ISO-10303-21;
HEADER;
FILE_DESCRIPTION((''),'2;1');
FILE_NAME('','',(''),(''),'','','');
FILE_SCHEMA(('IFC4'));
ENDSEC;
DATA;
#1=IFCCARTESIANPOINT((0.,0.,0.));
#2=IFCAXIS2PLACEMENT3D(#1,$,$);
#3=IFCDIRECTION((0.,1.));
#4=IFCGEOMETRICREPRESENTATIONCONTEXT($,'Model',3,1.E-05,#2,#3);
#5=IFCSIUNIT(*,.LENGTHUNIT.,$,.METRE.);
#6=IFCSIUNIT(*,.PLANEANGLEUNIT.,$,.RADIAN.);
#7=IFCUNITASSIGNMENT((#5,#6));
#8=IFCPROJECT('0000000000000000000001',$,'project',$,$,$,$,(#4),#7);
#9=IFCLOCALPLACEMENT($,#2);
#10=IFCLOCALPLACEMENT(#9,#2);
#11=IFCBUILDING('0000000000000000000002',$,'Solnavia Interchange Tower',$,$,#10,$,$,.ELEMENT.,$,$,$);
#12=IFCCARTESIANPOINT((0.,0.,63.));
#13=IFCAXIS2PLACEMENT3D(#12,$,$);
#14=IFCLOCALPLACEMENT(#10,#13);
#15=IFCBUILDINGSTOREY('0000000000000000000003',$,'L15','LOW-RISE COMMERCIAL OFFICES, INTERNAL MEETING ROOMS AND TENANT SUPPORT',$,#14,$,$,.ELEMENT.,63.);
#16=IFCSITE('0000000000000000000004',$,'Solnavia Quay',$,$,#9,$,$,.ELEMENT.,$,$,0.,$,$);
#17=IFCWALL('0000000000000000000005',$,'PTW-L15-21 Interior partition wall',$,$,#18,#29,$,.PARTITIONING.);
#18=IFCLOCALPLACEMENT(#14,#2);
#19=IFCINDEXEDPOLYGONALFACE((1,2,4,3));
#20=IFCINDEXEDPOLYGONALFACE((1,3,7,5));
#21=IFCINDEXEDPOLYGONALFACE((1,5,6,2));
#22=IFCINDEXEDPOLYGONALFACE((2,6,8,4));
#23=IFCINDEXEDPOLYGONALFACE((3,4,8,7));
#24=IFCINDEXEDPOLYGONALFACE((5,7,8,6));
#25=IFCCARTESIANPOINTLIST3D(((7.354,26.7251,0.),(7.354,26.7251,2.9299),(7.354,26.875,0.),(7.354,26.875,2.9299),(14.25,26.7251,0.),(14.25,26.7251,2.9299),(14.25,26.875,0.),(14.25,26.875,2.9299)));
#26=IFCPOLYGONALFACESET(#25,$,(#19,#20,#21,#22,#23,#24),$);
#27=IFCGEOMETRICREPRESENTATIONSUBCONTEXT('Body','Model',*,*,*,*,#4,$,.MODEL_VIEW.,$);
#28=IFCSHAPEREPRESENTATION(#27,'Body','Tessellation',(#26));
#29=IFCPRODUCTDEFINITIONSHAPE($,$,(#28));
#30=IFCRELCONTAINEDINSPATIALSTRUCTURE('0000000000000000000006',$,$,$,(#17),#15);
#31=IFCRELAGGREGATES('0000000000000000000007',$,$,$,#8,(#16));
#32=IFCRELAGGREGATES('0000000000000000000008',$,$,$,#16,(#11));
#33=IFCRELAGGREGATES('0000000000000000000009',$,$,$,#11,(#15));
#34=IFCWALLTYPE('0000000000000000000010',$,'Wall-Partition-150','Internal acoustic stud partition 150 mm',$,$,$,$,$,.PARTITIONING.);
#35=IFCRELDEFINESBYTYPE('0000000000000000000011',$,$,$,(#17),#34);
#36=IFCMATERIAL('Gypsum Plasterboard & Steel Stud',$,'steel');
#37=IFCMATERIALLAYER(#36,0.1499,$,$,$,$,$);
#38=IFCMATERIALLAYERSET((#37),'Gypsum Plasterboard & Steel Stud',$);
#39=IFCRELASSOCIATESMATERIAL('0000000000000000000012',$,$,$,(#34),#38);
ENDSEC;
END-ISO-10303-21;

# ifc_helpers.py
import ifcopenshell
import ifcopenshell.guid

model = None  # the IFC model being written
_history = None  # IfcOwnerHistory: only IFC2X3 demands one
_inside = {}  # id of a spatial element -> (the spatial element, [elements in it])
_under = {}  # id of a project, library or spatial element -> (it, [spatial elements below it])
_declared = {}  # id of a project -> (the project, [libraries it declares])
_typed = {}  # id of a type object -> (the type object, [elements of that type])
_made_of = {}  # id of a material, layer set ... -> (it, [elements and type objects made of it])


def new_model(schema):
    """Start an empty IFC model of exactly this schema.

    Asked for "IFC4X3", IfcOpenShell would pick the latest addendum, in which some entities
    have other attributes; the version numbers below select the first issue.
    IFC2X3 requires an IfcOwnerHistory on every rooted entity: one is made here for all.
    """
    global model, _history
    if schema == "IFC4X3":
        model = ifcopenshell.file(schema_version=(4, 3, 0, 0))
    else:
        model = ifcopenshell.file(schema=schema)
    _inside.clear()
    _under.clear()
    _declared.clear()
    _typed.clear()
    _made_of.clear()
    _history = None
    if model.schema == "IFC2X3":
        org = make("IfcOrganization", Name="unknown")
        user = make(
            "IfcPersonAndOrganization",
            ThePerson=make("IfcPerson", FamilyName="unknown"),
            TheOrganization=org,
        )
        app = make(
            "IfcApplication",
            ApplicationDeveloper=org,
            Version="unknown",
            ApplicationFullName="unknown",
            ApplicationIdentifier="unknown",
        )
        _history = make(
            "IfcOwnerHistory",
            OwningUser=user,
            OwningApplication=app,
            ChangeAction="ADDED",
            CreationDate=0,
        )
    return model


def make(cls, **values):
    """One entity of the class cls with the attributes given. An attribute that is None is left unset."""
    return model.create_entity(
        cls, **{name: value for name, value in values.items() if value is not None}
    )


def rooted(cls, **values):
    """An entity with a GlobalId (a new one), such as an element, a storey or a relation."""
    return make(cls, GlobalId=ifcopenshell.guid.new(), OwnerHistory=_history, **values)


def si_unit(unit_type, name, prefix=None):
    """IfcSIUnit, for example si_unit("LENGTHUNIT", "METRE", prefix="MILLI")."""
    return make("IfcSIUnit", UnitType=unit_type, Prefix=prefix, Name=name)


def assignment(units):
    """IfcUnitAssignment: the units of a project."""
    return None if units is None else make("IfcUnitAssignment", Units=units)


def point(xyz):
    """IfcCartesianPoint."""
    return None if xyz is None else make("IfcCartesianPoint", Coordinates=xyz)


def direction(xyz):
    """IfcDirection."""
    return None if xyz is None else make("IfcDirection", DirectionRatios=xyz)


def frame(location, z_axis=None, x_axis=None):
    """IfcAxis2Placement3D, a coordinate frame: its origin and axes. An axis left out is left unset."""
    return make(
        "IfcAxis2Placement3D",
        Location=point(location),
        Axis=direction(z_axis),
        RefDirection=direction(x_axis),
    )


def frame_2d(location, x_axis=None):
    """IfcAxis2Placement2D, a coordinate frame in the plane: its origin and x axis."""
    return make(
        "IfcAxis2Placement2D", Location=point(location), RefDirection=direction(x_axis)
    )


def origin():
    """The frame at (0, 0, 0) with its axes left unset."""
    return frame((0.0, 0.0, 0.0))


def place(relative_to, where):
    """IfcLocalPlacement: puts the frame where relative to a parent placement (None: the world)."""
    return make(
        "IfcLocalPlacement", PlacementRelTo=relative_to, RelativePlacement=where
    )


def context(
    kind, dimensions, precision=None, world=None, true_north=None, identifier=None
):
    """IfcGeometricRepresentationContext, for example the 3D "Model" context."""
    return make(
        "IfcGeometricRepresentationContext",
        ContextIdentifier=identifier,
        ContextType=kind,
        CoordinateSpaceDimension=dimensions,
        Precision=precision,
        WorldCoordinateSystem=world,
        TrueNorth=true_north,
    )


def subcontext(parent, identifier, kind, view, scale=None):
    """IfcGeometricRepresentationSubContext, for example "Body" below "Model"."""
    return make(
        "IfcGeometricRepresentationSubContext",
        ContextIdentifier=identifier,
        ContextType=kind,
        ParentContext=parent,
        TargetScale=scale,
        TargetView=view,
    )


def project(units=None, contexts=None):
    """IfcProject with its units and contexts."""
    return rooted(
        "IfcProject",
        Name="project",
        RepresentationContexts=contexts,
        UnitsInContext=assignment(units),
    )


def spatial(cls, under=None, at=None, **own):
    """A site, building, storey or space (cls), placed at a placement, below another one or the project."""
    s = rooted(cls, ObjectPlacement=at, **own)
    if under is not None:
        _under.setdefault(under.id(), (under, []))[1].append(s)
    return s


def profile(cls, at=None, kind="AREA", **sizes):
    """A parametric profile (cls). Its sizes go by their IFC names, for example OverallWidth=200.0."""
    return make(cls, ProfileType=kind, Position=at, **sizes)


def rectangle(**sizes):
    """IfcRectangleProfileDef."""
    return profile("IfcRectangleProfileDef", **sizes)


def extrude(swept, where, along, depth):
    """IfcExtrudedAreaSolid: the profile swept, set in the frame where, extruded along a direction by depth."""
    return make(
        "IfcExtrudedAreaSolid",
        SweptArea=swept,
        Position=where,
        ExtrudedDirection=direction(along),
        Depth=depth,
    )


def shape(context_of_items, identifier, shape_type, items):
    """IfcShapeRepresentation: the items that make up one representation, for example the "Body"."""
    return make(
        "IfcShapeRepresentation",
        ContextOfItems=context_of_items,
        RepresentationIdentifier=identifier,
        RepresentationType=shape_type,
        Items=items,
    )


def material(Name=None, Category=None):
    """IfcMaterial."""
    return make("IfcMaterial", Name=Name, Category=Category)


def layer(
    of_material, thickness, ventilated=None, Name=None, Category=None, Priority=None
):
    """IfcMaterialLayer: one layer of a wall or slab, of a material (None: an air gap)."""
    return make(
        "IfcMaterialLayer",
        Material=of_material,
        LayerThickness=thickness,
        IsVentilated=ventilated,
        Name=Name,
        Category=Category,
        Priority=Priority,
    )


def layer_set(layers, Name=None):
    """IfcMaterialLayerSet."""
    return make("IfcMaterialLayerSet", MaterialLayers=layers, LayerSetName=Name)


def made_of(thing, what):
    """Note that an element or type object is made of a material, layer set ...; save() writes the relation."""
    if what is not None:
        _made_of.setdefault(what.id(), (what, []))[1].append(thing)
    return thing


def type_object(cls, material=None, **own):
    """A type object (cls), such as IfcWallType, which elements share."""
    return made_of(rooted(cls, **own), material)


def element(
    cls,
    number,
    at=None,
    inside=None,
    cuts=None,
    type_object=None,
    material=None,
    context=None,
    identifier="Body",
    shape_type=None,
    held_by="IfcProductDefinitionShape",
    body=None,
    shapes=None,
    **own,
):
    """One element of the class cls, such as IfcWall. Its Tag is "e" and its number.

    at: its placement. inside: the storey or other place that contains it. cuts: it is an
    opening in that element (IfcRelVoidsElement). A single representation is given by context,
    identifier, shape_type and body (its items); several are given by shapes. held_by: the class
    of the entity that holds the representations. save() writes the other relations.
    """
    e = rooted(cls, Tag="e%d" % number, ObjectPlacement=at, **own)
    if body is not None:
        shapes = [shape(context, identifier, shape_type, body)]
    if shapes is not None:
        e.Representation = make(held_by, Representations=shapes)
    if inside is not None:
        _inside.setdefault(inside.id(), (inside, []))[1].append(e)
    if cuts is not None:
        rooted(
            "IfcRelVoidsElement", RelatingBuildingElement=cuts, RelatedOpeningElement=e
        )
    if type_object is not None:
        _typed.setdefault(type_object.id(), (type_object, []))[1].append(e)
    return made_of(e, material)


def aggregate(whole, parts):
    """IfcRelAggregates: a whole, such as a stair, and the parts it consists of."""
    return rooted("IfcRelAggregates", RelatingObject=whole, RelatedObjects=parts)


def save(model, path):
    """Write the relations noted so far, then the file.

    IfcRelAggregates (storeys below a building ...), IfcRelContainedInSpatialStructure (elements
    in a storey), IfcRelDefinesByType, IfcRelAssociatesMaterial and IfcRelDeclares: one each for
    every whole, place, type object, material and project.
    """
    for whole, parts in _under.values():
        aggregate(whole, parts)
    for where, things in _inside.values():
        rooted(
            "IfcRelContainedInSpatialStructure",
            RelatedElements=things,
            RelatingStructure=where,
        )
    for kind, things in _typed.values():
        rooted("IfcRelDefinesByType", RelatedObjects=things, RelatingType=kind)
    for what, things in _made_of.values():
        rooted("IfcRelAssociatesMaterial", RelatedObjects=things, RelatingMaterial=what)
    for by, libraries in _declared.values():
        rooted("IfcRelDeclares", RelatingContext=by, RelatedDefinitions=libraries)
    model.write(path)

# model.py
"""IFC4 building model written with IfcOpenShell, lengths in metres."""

from ifc_helpers import new_model, si_unit, direction, frame, frame_2d, origin, place, context, subcontext, project, spatial, rectangle, extrude, material, layer, layer_set, type_object, element, save


model = new_model("IFC4")

# Units and contexts
model_context = context("Model", 3, precision=1e-05, world=origin(), true_north=direction((0.0, 1.0)))
body_context = subcontext(model_context, "Body", "Model", "MODEL_VIEW")
ifc_project = project(units=[si_unit("LENGTHUNIT", "METRE"), si_unit("PLANEANGLEUNIT", "RADIAN")], contexts=[model_context])

# Site, building, storey
site_placement = place(None, origin())
site = spatial("IfcSite", under=ifc_project, at=site_placement, Name="Solnavia Quay", CompositionType="ELEMENT", RefElevation=0.0)
building_placement = place(site_placement, origin())
building = spatial("IfcBuilding", under=site, at=building_placement, Name="Solnavia Interchange Tower", CompositionType="ELEMENT")
storey_placement = place(building_placement, frame((0.0, 0.0, 63.0)))
storey = spatial("IfcBuildingStorey", under=building, at=storey_placement, Name="L15", Description="LOW-RISE COMMERCIAL OFFICES, INTERNAL MEETING ROOMS AND TENANT SUPPORT", CompositionType="ELEMENT", Elevation=63.0)

# Wall
ifc_material_1 = material(Name="Gypsum Plasterboard & Steel Stud", Category="steel")
ifc_layer_1 = layer(ifc_material_1, 0.1499)
ifc_layer_set_1 = layer_set([ifc_layer_1], Name="Gypsum Plasterboard & Steel Stud")
wall_type_1 = type_object("IfcWallType", Name="Wall-Partition-150", Description="Internal acoustic stud partition 150 mm", PredefinedType="PARTITIONING", material=ifc_layer_set_1)
wall_1_placement = place(storey_placement, frame((7.354, 26.8, 0.0), z_axis=(0.0, 0.0, 1.0), x_axis=(1.0, 0.0, 0.0)))
element("IfcWall", 1, at=wall_1_placement, inside=storey, type_object=wall_type_1, Name="PTW-L15-21 Interior partition wall", PredefinedType="PARTITIONING", context=body_context, shape_type="SweptSolid", body=[
    extrude(rectangle(XDim=6.896, YDim=0.1499, at=frame_2d((3.448, 0.0))), origin(), (0.0, 0.0, 1.0), 2.9299),
])

save(model, "model.ifc")
